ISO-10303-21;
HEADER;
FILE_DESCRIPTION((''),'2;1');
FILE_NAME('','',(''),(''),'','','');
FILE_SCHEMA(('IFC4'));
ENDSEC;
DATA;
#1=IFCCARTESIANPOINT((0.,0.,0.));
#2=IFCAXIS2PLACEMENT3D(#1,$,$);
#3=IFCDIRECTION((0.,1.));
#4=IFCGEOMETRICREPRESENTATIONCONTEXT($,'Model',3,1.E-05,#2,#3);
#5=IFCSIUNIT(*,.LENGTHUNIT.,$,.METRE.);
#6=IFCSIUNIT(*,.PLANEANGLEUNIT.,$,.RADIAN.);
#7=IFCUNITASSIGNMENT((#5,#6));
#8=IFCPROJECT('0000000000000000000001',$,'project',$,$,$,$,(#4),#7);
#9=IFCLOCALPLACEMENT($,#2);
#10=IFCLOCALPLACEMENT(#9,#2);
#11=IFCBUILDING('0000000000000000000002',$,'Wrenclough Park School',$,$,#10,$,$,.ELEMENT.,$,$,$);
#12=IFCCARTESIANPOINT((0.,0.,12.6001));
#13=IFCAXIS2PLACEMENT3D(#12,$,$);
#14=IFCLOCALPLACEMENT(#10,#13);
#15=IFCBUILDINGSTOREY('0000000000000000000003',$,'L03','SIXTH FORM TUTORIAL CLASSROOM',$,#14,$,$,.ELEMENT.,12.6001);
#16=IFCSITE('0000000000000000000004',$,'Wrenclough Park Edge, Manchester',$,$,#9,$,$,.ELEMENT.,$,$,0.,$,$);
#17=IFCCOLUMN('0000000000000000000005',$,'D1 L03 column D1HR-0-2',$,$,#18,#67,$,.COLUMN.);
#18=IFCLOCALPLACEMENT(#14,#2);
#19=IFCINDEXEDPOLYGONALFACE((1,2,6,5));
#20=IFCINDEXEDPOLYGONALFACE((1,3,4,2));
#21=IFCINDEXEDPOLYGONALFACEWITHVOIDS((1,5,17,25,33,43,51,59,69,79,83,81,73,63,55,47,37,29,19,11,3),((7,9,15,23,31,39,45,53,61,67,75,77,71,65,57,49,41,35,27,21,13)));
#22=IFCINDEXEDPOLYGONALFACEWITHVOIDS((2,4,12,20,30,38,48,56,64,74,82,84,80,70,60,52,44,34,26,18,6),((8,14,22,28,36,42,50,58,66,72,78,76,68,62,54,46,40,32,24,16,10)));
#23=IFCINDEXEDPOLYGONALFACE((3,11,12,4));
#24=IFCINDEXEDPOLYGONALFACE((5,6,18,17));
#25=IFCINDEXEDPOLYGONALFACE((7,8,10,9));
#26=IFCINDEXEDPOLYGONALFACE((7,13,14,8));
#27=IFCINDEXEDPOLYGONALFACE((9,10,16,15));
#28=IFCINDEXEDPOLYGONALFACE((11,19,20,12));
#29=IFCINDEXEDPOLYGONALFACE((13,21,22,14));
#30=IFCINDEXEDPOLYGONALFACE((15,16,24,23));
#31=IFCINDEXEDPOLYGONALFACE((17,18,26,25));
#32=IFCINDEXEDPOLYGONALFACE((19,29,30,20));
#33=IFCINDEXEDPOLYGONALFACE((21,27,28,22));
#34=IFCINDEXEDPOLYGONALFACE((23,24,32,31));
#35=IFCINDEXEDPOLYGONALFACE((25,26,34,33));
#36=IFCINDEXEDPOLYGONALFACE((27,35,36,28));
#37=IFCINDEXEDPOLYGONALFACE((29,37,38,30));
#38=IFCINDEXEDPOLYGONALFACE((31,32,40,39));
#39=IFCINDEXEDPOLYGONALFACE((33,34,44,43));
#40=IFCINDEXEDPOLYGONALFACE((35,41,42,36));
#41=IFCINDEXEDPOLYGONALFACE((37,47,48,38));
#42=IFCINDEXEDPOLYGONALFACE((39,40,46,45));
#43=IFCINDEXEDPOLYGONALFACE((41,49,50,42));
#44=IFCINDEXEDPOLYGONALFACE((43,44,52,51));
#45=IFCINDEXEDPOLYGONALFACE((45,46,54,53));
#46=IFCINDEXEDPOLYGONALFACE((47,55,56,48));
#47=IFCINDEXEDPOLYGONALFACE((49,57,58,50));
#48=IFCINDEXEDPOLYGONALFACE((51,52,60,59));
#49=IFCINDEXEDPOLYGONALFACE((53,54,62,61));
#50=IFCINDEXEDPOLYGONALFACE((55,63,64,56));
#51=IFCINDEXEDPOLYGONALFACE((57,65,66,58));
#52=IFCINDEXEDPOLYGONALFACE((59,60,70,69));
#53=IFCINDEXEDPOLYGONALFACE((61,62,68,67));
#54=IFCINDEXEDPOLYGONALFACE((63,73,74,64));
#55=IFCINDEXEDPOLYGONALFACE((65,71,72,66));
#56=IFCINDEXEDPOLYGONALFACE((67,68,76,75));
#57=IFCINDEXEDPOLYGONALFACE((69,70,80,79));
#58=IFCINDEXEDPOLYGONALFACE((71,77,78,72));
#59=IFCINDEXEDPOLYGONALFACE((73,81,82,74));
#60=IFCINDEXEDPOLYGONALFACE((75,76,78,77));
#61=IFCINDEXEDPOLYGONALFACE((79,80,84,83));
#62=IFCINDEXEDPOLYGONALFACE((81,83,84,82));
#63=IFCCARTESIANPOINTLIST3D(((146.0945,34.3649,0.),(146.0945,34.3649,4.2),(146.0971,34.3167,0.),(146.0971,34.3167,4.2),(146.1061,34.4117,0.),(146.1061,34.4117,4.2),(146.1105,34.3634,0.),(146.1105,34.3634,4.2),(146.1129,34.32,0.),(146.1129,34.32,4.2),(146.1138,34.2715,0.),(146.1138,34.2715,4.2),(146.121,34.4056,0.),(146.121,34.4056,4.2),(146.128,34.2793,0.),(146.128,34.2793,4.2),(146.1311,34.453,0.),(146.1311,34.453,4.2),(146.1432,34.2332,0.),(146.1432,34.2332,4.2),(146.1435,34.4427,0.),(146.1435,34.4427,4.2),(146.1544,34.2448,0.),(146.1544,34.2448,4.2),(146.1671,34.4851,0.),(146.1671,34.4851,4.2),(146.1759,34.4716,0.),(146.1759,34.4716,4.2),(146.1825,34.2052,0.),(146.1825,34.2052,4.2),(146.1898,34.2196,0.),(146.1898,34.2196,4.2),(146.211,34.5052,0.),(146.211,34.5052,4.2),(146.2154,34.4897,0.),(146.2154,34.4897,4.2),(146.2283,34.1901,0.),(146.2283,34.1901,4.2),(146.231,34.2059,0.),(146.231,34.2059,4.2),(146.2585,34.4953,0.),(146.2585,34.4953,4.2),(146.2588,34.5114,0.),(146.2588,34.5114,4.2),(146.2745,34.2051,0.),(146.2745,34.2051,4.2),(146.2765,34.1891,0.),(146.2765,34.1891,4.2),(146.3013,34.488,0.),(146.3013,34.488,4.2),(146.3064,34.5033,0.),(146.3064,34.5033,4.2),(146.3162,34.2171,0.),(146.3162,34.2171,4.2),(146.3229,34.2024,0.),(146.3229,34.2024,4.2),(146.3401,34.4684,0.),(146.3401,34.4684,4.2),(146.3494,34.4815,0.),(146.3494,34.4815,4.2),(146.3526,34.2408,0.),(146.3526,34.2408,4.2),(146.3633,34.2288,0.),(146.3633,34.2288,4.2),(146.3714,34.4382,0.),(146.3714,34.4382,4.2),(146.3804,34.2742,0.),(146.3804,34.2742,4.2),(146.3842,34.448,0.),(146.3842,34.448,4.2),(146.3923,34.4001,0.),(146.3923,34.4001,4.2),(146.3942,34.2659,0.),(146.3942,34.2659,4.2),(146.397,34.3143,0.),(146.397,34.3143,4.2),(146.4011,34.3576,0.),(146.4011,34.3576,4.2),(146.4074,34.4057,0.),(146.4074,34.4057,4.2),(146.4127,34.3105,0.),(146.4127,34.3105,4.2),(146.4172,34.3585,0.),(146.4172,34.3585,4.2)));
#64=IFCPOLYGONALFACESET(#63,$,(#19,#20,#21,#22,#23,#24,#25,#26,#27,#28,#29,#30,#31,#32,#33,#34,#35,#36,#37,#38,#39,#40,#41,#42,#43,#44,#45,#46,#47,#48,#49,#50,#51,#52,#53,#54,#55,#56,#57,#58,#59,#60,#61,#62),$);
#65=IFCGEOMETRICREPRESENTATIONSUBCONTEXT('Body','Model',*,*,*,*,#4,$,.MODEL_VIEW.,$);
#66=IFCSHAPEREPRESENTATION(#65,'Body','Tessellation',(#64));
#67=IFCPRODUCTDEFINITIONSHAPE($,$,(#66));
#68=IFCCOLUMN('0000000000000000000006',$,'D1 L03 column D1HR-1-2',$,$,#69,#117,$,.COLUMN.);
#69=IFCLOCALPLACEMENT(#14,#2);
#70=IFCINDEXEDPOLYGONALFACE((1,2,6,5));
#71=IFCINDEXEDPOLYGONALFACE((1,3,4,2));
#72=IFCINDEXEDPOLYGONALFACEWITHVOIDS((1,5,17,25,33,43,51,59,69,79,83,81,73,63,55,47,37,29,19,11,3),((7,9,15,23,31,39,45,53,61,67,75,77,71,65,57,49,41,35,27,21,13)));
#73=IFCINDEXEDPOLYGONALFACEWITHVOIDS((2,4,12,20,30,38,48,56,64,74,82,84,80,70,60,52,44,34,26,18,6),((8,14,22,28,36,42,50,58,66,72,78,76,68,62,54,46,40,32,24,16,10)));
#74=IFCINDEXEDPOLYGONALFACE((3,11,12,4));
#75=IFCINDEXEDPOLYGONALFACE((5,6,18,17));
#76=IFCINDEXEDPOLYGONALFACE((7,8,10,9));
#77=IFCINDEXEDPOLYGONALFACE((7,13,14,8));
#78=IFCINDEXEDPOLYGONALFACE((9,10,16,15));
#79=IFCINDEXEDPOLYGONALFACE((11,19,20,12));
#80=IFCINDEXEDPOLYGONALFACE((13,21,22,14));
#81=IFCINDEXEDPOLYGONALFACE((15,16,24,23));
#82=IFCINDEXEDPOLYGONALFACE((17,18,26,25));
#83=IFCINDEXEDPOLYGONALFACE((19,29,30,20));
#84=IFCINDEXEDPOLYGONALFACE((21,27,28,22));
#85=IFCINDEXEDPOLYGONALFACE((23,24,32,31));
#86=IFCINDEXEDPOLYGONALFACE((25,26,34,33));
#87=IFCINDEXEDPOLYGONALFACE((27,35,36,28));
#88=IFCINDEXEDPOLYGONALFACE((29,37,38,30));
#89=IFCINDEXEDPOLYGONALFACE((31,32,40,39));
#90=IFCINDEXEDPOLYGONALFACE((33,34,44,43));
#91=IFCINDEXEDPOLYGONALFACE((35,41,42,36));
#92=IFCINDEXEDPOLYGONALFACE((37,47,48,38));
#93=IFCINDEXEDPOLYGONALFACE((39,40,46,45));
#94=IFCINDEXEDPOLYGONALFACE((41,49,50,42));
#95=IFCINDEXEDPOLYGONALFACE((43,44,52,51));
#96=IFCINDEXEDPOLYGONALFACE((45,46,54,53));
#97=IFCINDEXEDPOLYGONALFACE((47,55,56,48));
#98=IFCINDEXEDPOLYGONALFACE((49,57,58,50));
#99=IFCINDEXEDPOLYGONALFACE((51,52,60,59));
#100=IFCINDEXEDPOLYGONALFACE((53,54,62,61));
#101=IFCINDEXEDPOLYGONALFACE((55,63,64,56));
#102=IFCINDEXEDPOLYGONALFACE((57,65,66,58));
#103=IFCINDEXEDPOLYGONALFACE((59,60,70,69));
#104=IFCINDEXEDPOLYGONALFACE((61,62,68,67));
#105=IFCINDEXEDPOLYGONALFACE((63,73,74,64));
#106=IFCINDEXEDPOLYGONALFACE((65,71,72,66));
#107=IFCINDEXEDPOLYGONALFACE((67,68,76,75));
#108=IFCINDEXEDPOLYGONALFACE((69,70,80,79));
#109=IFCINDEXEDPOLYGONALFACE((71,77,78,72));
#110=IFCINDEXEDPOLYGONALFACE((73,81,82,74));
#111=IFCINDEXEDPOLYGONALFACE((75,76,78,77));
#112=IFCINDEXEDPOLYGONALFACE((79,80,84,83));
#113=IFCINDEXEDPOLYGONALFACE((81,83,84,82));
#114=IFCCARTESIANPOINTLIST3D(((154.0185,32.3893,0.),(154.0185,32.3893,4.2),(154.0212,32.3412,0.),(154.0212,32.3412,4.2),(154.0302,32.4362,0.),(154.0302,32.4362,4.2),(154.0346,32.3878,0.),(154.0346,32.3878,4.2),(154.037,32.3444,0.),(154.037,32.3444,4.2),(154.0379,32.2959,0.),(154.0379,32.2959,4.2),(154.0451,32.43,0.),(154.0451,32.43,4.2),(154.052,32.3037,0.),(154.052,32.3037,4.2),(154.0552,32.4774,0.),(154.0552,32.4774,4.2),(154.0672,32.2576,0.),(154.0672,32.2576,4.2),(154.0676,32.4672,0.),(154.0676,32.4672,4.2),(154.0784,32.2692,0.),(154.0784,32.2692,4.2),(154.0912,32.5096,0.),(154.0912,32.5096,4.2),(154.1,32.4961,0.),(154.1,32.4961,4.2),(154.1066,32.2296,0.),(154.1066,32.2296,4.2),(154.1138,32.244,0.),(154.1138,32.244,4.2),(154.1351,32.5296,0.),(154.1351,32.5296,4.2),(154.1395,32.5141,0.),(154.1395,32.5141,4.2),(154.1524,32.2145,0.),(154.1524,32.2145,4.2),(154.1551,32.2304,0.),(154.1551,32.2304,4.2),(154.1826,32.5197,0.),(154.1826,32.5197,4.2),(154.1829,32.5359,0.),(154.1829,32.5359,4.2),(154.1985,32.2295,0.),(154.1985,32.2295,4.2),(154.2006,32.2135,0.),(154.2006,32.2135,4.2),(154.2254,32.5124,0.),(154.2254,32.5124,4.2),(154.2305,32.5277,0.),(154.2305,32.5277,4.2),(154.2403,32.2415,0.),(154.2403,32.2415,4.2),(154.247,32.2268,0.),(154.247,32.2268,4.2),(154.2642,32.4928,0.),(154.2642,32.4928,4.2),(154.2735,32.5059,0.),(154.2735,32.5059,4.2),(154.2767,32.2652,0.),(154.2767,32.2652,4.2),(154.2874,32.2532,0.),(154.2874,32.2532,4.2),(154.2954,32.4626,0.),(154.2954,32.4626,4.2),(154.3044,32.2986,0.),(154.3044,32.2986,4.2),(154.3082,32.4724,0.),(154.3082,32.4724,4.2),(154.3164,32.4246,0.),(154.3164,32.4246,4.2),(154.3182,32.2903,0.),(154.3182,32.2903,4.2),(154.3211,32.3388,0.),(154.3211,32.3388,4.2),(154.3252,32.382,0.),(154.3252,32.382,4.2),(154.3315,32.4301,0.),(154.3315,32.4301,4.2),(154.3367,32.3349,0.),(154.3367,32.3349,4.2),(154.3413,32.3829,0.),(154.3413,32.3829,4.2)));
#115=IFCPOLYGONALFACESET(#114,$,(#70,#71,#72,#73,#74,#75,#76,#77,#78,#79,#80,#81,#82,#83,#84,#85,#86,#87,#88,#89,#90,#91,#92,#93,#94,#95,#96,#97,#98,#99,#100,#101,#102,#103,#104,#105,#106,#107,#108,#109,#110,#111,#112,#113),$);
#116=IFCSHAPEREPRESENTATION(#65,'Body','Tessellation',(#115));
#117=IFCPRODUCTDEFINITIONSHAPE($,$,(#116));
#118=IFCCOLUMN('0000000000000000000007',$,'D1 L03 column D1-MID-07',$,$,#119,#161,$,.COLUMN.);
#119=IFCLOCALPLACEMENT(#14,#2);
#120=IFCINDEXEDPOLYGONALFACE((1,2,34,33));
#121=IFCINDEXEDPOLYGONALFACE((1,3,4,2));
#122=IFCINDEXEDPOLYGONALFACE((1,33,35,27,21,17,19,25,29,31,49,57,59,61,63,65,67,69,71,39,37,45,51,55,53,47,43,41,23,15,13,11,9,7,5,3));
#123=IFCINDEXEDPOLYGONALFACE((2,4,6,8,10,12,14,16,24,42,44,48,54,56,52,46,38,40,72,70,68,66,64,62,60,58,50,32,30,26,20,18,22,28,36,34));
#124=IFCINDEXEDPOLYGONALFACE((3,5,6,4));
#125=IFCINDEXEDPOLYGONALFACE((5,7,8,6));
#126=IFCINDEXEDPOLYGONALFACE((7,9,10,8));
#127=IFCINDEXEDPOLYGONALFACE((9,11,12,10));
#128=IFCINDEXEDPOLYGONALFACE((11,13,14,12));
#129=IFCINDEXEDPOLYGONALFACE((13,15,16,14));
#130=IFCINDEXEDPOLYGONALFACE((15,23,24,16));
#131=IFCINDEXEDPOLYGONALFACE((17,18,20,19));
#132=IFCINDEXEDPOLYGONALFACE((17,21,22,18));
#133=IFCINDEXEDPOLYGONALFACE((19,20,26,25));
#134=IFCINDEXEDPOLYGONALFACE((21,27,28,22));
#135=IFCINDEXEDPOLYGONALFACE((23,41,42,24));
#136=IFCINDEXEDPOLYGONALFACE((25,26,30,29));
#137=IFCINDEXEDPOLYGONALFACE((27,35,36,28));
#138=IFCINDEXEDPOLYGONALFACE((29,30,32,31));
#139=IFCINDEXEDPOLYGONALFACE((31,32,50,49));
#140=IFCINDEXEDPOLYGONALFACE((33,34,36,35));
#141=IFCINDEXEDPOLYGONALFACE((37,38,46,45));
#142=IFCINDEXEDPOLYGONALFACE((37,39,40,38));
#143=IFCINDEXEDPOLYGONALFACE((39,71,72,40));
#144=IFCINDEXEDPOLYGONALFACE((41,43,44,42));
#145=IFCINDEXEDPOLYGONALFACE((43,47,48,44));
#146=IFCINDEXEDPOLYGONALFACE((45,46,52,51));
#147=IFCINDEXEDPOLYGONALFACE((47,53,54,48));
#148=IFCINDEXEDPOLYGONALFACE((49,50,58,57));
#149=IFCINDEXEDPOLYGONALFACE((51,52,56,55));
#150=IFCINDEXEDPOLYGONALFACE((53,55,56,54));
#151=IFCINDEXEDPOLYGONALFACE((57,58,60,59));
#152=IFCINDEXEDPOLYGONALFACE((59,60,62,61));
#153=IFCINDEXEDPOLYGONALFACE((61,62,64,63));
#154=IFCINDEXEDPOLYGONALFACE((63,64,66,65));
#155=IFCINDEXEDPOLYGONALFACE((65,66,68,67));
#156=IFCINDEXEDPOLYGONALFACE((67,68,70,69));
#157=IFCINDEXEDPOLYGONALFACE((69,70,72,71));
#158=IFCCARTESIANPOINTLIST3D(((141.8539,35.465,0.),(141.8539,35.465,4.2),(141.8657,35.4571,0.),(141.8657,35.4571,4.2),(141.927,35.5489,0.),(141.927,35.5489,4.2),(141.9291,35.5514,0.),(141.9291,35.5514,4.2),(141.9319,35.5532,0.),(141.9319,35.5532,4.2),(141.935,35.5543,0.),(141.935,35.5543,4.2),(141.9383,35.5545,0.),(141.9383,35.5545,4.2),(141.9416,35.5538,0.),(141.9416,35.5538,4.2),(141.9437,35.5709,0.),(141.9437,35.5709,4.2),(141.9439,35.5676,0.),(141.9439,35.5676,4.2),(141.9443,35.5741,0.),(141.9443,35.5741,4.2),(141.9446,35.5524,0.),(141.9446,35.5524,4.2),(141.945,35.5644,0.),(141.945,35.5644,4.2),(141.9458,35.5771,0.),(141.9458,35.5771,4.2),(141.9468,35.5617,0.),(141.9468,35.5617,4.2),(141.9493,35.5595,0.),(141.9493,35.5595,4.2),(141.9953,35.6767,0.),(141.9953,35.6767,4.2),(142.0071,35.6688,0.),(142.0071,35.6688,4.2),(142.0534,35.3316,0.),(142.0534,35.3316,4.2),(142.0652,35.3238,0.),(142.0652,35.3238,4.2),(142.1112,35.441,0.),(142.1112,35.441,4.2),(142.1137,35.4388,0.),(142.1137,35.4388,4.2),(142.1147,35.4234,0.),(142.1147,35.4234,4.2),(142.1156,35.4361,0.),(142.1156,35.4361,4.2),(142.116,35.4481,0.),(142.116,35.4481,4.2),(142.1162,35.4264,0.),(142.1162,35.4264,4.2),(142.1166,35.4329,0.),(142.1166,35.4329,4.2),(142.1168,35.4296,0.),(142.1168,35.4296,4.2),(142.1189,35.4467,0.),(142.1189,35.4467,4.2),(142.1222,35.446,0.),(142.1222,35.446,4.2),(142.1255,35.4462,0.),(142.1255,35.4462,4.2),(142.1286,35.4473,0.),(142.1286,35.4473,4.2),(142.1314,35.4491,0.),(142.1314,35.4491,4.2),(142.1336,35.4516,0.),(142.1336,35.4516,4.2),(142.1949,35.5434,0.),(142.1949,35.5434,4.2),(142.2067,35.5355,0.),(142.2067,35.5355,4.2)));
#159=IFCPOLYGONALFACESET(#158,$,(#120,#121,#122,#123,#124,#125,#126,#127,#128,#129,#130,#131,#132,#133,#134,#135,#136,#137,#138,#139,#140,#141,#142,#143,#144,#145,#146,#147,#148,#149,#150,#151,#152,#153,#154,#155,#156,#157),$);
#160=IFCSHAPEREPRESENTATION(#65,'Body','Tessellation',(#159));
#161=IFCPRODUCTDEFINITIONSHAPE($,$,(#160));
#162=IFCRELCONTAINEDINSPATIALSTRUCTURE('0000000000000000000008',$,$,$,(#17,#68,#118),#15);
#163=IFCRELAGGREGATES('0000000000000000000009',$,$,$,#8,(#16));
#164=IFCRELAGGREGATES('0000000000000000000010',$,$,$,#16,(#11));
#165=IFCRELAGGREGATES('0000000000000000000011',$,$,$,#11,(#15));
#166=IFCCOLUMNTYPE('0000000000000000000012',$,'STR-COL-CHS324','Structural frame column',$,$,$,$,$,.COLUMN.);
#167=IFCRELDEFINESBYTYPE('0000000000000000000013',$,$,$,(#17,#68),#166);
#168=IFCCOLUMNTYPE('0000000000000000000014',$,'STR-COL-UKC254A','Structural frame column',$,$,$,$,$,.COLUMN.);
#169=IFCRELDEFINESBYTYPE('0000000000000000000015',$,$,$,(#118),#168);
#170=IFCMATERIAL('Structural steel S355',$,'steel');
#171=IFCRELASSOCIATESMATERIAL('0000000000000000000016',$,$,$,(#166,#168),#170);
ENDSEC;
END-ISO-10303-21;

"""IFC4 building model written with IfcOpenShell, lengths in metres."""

from ifc_helpers import new_model, si_unit, direction, frame, origin, origin_2d, place, context, subcontext, project, spatial, hollow_circle, i_section, extrude, material, material_profile, profile_set, type_object, element, save


model = new_model("IFC4")

# Units and contexts
model_context = context("Model", 3, precision=1e-05, world=origin(), true_north=direction((0.0, 1.0)))
body_context = subcontext(model_context, "Body", "Model", "MODEL_VIEW")
ifc_project = project(units=[si_unit("LENGTHUNIT", "METRE"), si_unit("PLANEANGLEUNIT", "RADIAN")], contexts=[model_context])

# Site, building, storey
site_placement = place(None, origin())
site = spatial("IfcSite", under=ifc_project, at=site_placement, Name="Wrenclough Park Edge, Manchester", CompositionType="ELEMENT", RefElevation=0.0)
building_placement = place(site_placement, origin())
building = spatial("IfcBuilding", under=site, at=building_placement, Name="Wrenclough Park School", CompositionType="ELEMENT")
storey_placement = place(building_placement, frame((0.0, 0.0, 12.6001)))
storey = spatial("IfcBuildingStorey", under=building, at=storey_placement, Name="L03", Description="SIXTH FORM TUTORIAL CLASSROOM", CompositionType="ELEMENT", Elevation=12.6001)

# Columns
ifc_material_1 = material(Name="Structural steel S355", Category="steel")
ifc_material_profile_1 = material_profile(ifc_material_1, hollow_circle(Radius=0.1619, WallThickness=0.0161, at=origin_2d()), Name="CHS 323.9x16.0")
ifc_profile_set_1 = profile_set([ifc_material_profile_1], Name="Structural steel S355")
column_type_1 = type_object("IfcColumnType", Name="STR-COL-CHS324", Description="Structural frame column", PredefinedType="COLUMN", material=ifc_profile_set_1)
for number, where, z_axis, x_axis, name in (
    (1, (146.2556, 34.3496, 0.0), (0.0, 0.0, 1.0), (0.970296, -0.241922, 0.0), "D1 L03 column D1HR-0-2"),
    (2, (154.1797, 32.374, 0.0), (0.0, 0.0, 1.0), (0.970296, -0.241922, 0.0), "D1 L03 column D1HR-1-2"),
):
    element("IfcColumn", number, at=place(storey_placement, frame(where, z_axis=z_axis, x_axis=x_axis)), inside=storey, type_object=column_type_1, Name=name, PredefinedType="COLUMN", context=body_context, shape_type="SweptSolid", body=[
        extrude(hollow_circle(Radius=0.1619, WallThickness=0.0161, at=origin_2d()), origin(), (0.0, 0.0, 1.0), 4.2),
    ])
ifc_material_profile_2 = material_profile(ifc_material_1, i_section(OverallWidth=0.2546, OverallDepth=0.2542, WebThickness=0.0085, FlangeThickness=0.0142, FilletRadius=0.0127, at=origin_2d()), Name="UKC 254x254x73")
ifc_profile_set_2 = profile_set([ifc_material_profile_2], Name="Structural steel S355")
column_type_2 = type_object("IfcColumnType", Name="STR-COL-UKC254A", Description="Structural frame column", PredefinedType="COLUMN", material=ifc_profile_set_2)
column_placement = place(storey_placement, frame((142.0303, 35.5002, 0.0), z_axis=(0.0, 0.0, 1.0), x_axis=(-0.55557, -0.83147, 0.0)))
element("IfcColumn", 3, at=column_placement, inside=storey, type_object=column_type_2, Name="D1 L03 column D1-MID-07", PredefinedType="COLUMN", context=body_context, shape_type="SweptSolid", body=[
    extrude(i_section(OverallWidth=0.2546, OverallDepth=0.2542, WebThickness=0.0085, FlangeThickness=0.0142, FilletRadius=0.0127, at=origin_2d()), origin(), (0.0, 0.0, 1.0), 4.2),
])

save(model, "model.ifc")
